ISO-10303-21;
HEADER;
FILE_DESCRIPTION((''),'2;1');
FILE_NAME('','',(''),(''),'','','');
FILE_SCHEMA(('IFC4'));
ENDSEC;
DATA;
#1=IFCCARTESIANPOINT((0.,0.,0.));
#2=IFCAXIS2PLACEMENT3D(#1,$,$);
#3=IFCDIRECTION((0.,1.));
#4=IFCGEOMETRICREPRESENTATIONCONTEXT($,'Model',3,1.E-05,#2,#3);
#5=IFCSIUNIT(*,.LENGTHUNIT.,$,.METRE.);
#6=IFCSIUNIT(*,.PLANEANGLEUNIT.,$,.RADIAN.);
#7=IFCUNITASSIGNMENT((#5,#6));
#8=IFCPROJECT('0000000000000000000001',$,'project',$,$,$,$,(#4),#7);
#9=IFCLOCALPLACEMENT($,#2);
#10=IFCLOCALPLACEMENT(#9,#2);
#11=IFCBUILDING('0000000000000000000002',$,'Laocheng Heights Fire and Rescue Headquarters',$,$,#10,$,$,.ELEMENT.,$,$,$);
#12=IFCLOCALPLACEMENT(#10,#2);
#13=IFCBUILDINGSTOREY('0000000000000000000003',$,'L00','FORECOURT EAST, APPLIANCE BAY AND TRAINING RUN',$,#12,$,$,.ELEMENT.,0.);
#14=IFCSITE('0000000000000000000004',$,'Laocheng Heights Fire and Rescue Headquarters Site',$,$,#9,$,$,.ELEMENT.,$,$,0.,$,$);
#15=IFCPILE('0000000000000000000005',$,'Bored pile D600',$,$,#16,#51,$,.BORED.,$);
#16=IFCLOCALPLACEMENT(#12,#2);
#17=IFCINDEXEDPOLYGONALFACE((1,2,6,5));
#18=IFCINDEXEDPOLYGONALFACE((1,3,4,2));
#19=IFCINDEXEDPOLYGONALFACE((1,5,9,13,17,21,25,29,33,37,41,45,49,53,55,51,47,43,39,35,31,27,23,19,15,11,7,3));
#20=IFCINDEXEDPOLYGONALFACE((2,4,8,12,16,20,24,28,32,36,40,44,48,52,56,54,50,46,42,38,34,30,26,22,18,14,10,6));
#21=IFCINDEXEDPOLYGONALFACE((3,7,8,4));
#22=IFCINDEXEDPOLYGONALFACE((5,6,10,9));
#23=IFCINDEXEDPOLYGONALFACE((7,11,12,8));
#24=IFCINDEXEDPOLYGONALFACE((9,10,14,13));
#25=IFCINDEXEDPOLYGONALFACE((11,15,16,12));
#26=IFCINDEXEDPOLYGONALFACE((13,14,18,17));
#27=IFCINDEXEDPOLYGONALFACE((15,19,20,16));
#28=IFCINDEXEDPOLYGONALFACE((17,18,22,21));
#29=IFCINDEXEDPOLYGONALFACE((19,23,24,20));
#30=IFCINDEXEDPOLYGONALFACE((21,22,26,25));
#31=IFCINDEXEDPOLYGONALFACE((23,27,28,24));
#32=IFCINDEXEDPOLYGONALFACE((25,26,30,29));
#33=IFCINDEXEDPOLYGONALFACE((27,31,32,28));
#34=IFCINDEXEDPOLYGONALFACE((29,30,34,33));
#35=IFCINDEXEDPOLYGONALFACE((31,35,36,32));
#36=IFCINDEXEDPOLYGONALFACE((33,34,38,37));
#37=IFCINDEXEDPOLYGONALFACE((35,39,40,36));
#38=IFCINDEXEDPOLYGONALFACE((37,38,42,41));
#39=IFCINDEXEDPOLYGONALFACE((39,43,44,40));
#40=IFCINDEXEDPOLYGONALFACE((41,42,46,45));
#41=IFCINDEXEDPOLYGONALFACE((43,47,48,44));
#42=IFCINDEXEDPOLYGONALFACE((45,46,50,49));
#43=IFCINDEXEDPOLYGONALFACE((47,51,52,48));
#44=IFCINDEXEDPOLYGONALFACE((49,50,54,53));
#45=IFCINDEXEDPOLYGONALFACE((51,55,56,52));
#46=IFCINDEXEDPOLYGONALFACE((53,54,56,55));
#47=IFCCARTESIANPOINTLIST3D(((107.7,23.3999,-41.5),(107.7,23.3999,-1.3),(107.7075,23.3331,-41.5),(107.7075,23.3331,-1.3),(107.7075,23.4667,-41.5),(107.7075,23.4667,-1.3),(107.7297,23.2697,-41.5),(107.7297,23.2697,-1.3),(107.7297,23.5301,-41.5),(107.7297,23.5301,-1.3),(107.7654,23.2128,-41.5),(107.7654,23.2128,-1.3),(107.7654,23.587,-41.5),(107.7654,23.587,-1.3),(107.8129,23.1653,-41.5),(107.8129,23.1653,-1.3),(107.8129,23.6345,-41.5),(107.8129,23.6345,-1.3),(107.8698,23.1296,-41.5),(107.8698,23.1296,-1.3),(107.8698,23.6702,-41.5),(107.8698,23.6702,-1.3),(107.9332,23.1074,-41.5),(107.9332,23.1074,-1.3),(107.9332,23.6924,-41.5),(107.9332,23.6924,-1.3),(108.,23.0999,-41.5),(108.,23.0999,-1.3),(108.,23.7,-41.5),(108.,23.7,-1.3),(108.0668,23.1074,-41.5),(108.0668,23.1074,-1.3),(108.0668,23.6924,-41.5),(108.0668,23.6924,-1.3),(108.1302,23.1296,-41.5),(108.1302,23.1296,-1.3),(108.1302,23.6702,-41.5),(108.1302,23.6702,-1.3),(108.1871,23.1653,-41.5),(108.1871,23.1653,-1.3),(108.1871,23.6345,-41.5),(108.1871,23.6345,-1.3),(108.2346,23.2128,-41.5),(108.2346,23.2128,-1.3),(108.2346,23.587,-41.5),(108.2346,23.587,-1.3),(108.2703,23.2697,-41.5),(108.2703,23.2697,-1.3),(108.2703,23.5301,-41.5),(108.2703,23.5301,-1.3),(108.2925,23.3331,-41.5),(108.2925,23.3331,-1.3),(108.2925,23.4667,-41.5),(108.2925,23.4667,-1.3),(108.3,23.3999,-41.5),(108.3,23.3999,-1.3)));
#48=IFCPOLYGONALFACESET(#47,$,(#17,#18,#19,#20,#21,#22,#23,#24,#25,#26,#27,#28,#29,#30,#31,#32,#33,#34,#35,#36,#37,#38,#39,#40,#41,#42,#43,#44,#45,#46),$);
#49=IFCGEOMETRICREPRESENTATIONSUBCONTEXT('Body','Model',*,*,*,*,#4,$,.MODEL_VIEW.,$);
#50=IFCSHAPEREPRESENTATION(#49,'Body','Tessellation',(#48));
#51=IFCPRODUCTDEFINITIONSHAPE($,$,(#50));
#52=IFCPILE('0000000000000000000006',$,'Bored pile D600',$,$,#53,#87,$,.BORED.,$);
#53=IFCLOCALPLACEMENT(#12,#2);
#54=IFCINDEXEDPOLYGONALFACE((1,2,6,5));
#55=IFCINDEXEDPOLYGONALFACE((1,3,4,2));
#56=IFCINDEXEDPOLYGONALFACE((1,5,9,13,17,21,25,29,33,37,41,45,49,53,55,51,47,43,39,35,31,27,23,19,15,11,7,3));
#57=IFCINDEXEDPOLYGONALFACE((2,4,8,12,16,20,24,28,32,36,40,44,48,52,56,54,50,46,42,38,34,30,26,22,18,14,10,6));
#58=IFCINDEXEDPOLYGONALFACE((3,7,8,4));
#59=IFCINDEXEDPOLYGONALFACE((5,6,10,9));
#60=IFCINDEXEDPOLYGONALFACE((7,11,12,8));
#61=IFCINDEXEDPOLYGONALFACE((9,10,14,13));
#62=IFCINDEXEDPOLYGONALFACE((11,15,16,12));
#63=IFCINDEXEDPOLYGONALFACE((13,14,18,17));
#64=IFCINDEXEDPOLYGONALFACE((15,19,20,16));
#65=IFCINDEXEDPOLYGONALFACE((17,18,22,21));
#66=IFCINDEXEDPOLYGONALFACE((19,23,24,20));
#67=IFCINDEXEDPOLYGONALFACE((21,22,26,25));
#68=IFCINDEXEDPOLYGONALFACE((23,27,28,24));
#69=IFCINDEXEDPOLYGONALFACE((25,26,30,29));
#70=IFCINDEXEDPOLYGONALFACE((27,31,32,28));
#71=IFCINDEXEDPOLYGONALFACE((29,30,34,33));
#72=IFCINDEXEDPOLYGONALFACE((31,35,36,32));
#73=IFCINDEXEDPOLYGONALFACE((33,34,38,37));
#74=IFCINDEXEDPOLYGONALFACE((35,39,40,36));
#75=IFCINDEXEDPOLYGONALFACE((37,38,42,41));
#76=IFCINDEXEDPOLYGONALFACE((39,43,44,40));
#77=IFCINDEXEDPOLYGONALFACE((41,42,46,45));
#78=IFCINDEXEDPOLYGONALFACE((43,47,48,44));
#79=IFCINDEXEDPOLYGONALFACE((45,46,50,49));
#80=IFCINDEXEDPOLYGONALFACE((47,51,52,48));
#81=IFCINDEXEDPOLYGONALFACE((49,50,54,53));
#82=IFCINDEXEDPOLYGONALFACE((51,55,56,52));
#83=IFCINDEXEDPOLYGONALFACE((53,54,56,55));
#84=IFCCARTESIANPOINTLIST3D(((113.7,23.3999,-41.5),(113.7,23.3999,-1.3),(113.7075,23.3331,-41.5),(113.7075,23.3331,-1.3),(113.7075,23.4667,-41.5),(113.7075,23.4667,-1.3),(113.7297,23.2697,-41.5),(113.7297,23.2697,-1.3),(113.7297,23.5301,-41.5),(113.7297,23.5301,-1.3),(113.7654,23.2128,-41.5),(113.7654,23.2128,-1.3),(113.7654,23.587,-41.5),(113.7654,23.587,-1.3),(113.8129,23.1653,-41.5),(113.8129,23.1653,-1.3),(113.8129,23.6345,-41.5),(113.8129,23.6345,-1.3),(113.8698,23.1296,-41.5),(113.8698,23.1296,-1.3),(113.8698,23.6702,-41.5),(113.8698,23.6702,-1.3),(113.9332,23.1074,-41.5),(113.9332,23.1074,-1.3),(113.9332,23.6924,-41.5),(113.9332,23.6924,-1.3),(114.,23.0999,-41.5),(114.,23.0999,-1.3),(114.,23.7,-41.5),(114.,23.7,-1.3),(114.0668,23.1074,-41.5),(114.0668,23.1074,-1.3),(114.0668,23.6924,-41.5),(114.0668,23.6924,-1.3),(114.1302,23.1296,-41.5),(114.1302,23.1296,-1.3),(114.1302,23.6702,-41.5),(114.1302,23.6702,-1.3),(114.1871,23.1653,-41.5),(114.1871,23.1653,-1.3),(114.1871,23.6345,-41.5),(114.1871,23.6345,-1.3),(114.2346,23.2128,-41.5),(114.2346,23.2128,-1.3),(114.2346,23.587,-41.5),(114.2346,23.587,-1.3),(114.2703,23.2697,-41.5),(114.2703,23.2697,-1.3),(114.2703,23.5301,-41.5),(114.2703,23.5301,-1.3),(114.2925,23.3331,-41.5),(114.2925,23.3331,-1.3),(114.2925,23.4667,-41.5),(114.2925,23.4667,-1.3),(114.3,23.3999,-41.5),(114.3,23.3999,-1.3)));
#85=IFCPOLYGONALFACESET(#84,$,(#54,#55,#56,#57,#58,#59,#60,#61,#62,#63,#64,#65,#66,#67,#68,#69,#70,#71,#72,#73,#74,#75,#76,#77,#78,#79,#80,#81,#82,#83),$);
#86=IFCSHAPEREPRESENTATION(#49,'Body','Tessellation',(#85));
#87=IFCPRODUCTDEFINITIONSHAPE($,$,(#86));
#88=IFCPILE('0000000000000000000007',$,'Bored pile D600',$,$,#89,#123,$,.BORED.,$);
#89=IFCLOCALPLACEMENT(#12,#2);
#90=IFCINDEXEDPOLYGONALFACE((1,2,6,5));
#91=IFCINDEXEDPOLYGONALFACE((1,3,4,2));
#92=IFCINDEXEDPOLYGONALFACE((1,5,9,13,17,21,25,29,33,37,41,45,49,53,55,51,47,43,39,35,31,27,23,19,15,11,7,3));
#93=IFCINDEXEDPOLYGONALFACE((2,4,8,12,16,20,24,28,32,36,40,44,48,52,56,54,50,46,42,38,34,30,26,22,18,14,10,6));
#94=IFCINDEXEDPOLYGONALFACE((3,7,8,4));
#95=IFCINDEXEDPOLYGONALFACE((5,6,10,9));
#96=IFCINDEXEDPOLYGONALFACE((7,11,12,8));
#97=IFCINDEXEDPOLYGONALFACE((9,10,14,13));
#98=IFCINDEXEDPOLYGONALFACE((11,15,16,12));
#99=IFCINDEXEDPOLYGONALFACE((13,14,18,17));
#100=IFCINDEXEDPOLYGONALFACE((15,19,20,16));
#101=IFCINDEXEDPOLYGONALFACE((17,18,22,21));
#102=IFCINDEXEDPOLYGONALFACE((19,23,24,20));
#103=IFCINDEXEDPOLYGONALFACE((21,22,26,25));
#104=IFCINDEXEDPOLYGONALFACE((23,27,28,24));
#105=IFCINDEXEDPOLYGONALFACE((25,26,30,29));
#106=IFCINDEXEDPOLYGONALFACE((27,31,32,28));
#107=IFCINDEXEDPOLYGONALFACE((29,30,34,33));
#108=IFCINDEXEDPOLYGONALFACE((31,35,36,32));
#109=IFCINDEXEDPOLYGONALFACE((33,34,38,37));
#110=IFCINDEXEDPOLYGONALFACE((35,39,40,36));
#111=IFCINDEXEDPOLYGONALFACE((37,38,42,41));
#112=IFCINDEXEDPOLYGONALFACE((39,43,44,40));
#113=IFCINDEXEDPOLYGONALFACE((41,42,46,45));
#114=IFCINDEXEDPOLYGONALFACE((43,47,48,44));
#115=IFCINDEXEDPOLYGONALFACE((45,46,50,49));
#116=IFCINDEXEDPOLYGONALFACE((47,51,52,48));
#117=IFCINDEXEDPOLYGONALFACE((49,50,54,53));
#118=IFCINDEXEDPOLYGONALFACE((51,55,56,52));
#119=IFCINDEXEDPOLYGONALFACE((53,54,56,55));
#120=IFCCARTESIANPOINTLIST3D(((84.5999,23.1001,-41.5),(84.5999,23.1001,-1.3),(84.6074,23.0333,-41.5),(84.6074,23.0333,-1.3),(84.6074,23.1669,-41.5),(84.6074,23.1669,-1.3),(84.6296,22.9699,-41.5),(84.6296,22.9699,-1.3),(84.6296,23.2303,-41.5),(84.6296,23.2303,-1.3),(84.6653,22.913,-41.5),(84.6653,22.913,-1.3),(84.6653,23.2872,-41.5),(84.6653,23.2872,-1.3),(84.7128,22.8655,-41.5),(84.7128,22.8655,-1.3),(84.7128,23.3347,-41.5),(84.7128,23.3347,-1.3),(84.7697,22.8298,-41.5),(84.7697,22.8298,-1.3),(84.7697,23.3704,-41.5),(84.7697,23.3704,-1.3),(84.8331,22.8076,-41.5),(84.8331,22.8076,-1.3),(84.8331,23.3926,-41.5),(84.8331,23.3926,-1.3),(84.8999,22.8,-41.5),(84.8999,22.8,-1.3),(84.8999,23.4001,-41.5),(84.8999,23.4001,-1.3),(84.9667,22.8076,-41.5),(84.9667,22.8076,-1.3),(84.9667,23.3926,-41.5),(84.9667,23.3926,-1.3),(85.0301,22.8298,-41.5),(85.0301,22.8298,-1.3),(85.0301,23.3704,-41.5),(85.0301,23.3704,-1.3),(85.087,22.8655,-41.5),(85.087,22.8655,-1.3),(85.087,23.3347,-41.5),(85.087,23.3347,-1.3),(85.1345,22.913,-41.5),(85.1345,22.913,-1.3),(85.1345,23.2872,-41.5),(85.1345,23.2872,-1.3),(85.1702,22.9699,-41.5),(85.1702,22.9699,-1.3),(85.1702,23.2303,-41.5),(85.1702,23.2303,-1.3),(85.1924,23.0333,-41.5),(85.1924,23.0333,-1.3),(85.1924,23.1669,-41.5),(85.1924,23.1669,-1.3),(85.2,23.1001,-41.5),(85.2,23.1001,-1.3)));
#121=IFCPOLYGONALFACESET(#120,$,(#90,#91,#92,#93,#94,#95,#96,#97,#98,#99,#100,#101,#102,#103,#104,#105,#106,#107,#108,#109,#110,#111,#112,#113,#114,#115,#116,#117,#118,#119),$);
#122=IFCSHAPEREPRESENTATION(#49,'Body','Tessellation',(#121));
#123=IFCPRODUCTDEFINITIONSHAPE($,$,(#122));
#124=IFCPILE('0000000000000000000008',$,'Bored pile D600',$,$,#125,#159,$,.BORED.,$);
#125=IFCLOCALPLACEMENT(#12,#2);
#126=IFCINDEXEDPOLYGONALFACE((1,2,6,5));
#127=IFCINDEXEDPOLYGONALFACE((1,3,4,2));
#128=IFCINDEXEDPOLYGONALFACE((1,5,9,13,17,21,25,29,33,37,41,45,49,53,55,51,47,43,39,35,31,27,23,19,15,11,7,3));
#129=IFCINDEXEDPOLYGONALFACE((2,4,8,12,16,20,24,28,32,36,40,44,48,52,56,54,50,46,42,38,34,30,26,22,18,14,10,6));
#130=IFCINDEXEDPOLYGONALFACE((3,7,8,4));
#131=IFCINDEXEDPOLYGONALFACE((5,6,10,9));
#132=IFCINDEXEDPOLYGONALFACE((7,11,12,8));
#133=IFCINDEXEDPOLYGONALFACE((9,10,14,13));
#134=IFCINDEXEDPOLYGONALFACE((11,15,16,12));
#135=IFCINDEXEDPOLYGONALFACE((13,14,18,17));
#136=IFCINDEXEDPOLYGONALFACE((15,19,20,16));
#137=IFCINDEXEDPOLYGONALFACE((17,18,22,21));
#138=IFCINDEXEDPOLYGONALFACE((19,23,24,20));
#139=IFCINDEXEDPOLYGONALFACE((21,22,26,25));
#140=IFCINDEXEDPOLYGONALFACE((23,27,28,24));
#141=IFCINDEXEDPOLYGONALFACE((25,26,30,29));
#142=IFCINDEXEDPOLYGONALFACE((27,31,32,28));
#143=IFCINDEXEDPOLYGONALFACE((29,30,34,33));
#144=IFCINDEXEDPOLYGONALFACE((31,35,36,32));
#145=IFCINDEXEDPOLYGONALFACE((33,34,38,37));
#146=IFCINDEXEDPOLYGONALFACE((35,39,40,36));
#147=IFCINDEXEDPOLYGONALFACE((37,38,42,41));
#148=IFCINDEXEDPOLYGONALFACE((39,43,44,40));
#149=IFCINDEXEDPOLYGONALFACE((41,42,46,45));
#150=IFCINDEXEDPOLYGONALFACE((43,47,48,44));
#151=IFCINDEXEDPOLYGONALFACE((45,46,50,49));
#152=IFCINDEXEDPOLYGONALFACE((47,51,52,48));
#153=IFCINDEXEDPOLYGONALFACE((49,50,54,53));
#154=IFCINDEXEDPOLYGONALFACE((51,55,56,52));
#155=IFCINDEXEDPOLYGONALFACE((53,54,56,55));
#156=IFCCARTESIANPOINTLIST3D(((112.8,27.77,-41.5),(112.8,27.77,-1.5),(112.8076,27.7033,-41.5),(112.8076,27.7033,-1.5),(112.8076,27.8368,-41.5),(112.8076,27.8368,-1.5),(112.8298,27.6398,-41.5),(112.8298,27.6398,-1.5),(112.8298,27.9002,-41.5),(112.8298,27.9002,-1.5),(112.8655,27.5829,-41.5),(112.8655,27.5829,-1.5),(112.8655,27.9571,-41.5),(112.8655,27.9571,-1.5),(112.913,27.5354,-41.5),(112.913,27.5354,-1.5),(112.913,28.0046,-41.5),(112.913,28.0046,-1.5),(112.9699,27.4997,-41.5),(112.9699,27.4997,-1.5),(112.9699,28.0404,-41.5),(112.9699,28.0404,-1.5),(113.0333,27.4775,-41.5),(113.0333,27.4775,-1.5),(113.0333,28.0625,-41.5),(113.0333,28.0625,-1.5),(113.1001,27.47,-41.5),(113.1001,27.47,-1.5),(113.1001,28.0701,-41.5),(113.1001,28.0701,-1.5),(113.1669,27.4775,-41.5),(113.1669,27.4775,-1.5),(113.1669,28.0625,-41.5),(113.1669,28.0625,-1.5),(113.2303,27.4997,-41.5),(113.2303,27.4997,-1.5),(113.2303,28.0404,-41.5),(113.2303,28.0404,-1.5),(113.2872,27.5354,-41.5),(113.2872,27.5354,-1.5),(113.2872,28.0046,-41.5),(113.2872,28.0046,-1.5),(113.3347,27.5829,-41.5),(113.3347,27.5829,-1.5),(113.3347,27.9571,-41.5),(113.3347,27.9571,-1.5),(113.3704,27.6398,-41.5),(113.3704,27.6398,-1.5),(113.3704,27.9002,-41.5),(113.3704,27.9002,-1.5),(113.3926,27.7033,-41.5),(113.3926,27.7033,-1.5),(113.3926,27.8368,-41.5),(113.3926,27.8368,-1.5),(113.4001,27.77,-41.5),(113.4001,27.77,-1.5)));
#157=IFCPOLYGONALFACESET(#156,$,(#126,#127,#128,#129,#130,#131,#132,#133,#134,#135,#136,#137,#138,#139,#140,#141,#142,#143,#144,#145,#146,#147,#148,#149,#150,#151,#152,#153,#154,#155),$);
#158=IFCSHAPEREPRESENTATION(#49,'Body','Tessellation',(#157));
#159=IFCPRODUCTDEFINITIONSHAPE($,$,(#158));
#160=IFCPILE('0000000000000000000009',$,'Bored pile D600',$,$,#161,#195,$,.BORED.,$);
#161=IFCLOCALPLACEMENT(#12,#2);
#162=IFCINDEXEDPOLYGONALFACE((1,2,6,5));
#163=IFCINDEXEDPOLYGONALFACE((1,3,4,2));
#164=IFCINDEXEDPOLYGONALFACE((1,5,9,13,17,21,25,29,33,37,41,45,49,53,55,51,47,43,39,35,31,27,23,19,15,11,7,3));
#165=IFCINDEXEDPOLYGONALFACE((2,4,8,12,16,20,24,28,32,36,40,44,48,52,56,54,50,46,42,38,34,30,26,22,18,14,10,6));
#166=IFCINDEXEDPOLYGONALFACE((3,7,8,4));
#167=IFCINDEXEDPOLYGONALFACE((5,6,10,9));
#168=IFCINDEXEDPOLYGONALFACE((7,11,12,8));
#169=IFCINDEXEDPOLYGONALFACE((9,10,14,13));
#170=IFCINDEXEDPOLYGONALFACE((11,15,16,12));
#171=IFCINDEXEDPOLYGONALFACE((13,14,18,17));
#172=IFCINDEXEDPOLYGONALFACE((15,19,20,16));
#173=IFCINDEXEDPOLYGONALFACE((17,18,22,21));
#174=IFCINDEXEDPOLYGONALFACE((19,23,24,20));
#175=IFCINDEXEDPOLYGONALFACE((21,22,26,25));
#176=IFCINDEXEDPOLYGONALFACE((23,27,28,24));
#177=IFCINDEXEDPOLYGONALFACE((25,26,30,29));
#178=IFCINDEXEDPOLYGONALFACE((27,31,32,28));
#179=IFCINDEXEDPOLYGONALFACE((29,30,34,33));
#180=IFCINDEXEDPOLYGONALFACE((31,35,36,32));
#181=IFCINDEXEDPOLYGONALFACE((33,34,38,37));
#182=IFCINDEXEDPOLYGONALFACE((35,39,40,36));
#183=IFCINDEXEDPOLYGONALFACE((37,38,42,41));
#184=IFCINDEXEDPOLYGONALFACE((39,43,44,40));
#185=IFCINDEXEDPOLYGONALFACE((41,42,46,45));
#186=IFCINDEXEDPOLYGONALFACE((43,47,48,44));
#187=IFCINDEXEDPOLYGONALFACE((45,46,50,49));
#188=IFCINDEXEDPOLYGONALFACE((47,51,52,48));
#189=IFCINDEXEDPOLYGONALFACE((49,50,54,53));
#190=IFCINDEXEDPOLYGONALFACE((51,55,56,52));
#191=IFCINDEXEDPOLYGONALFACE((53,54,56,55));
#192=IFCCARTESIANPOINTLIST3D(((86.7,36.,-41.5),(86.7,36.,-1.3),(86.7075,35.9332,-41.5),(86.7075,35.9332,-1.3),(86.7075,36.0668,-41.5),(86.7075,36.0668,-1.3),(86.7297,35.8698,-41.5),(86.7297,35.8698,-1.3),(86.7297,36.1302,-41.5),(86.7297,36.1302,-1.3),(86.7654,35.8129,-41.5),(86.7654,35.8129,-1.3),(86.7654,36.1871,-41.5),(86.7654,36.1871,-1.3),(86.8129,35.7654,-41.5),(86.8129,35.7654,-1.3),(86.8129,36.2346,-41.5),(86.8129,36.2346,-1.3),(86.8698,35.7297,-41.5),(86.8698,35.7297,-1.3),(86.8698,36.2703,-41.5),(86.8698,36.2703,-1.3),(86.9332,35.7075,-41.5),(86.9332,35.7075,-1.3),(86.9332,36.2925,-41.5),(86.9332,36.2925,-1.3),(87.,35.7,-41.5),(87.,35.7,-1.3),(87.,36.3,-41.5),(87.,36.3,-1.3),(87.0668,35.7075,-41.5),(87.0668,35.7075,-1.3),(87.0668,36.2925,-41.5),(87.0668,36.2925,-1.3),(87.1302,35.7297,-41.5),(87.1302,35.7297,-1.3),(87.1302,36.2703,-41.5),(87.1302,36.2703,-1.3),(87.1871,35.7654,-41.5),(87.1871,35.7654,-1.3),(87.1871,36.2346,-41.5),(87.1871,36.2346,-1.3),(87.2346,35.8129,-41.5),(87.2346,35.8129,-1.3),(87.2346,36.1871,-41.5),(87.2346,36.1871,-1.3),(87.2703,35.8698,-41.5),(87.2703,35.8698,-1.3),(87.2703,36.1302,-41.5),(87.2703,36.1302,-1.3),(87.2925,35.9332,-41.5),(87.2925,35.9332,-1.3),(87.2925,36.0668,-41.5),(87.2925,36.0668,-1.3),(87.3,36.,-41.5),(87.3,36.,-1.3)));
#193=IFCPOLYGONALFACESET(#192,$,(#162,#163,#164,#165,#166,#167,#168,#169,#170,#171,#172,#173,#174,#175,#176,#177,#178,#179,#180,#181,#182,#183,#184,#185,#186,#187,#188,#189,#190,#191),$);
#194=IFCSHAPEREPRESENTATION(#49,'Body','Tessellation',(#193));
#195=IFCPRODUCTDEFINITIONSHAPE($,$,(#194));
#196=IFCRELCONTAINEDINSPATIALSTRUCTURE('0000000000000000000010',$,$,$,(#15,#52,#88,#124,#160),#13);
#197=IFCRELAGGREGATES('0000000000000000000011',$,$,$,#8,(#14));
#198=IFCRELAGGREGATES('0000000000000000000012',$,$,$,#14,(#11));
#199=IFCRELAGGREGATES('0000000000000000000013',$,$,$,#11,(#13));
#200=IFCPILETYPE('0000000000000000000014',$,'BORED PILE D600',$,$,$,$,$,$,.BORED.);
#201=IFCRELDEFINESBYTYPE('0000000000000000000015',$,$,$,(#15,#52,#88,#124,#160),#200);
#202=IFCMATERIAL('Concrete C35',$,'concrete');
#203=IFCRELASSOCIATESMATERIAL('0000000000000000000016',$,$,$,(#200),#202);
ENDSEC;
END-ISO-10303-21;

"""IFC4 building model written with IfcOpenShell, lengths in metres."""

from ifc_helpers import new_model, si_unit, direction, frame, origin, origin_2d, place, context, subcontext, project, spatial, circle, extrude, material, material_profile, profile_set, type_object, element, save


model = new_model("IFC4")

# Units and contexts
model_context = context("Model", 3, precision=1e-05, world=origin(), true_north=direction((0.0, 1.0)))
body_context = subcontext(model_context, "Body", "Model", "MODEL_VIEW")
ifc_project = project(units=[si_unit("LENGTHUNIT", "METRE"), si_unit("PLANEANGLEUNIT", "RADIAN")], contexts=[model_context])

# Site, building, storey
site_placement = place(None, origin())
site = spatial("IfcSite", under=ifc_project, at=site_placement, Name="Laocheng Heights Fire and Rescue Headquarters Site", CompositionType="ELEMENT", RefElevation=0.0)
building_placement = place(site_placement, origin())
building = spatial("IfcBuilding", under=site, at=building_placement, Name="Laocheng Heights Fire and Rescue Headquarters", CompositionType="ELEMENT")
storey_placement = place(building_placement, origin())
storey = spatial("IfcBuildingStorey", under=building, at=storey_placement, Name="L00", Description="FORECOURT EAST, APPLIANCE BAY AND TRAINING RUN", CompositionType="ELEMENT", Elevation=0.0)

# Piles
ifc_material_1 = material(Name="Concrete C35", Category="concrete")
ifc_material_profile_1 = material_profile(ifc_material_1, circle(Radius=0.3, at=origin_2d()), Name="BORED PILE D600")
ifc_profile_set_1 = profile_set([ifc_material_profile_1], Name="Concrete C35")
pile_type_1 = type_object("IfcPileType", Name="BORED PILE D600", PredefinedType="BORED", material=ifc_profile_set_1)
for number, where, z_axis, x_axis, name in (
    (1, (108.0, 23.3999, -1.3), (0.0, 0.0, -1.0), (1.0, 0.0, 0.0), "Bored pile D600"),
    (2, (114.0, 23.3999, -1.3), (0.0, 0.0, -1.0), (1.0, 0.0, 0.0), "Bored pile D600"),
    (3, (84.8999, 23.1001, -1.3), (0.0, 0.0, -1.0), (1.0, 0.0, 0.0), "Bored pile D600"),
):
    element("IfcPile", number, at=place(storey_placement, frame(where, z_axis=z_axis, x_axis=x_axis)), inside=storey, type_object=pile_type_1, Name=name, PredefinedType="BORED", context=body_context, shape_type="SweptSolid", body=[
        extrude(circle(Radius=0.3, at=origin_2d()), origin(), (0.0, 0.0, 1.0), 40.2),
    ])
pile_placement = place(storey_placement, frame((113.1001, 27.77, -1.5), z_axis=(0.0, 0.0, -1.0), x_axis=(1.0, 0.0, 0.0)))
element("IfcPile", 4, at=pile_placement, inside=storey, type_object=pile_type_1, Name="Bored pile D600", PredefinedType="BORED", context=body_context, shape_type="SweptSolid", body=[
    extrude(circle(Radius=0.3, at=origin_2d()), origin(), (0.0, 0.0, 1.0), 40.0),
])
for number, where, z_axis, x_axis, name in (
    (5, (87.0, 36.0, -1.3), (0.0, 0.0, -1.0), (1.0, 0.0, 0.0), "Bored pile D600"),
):
    element("IfcPile", number, at=place(storey_placement, frame(where, z_axis=z_axis, x_axis=x_axis)), inside=storey, type_object=pile_type_1, Name=name, PredefinedType="BORED", context=body_context, shape_type="SweptSolid", body=[
        extrude(circle(Radius=0.3, at=origin_2d()), origin(), (0.0, 0.0, 1.0), 40.2),
    ])

save(model, "model.ifc")
